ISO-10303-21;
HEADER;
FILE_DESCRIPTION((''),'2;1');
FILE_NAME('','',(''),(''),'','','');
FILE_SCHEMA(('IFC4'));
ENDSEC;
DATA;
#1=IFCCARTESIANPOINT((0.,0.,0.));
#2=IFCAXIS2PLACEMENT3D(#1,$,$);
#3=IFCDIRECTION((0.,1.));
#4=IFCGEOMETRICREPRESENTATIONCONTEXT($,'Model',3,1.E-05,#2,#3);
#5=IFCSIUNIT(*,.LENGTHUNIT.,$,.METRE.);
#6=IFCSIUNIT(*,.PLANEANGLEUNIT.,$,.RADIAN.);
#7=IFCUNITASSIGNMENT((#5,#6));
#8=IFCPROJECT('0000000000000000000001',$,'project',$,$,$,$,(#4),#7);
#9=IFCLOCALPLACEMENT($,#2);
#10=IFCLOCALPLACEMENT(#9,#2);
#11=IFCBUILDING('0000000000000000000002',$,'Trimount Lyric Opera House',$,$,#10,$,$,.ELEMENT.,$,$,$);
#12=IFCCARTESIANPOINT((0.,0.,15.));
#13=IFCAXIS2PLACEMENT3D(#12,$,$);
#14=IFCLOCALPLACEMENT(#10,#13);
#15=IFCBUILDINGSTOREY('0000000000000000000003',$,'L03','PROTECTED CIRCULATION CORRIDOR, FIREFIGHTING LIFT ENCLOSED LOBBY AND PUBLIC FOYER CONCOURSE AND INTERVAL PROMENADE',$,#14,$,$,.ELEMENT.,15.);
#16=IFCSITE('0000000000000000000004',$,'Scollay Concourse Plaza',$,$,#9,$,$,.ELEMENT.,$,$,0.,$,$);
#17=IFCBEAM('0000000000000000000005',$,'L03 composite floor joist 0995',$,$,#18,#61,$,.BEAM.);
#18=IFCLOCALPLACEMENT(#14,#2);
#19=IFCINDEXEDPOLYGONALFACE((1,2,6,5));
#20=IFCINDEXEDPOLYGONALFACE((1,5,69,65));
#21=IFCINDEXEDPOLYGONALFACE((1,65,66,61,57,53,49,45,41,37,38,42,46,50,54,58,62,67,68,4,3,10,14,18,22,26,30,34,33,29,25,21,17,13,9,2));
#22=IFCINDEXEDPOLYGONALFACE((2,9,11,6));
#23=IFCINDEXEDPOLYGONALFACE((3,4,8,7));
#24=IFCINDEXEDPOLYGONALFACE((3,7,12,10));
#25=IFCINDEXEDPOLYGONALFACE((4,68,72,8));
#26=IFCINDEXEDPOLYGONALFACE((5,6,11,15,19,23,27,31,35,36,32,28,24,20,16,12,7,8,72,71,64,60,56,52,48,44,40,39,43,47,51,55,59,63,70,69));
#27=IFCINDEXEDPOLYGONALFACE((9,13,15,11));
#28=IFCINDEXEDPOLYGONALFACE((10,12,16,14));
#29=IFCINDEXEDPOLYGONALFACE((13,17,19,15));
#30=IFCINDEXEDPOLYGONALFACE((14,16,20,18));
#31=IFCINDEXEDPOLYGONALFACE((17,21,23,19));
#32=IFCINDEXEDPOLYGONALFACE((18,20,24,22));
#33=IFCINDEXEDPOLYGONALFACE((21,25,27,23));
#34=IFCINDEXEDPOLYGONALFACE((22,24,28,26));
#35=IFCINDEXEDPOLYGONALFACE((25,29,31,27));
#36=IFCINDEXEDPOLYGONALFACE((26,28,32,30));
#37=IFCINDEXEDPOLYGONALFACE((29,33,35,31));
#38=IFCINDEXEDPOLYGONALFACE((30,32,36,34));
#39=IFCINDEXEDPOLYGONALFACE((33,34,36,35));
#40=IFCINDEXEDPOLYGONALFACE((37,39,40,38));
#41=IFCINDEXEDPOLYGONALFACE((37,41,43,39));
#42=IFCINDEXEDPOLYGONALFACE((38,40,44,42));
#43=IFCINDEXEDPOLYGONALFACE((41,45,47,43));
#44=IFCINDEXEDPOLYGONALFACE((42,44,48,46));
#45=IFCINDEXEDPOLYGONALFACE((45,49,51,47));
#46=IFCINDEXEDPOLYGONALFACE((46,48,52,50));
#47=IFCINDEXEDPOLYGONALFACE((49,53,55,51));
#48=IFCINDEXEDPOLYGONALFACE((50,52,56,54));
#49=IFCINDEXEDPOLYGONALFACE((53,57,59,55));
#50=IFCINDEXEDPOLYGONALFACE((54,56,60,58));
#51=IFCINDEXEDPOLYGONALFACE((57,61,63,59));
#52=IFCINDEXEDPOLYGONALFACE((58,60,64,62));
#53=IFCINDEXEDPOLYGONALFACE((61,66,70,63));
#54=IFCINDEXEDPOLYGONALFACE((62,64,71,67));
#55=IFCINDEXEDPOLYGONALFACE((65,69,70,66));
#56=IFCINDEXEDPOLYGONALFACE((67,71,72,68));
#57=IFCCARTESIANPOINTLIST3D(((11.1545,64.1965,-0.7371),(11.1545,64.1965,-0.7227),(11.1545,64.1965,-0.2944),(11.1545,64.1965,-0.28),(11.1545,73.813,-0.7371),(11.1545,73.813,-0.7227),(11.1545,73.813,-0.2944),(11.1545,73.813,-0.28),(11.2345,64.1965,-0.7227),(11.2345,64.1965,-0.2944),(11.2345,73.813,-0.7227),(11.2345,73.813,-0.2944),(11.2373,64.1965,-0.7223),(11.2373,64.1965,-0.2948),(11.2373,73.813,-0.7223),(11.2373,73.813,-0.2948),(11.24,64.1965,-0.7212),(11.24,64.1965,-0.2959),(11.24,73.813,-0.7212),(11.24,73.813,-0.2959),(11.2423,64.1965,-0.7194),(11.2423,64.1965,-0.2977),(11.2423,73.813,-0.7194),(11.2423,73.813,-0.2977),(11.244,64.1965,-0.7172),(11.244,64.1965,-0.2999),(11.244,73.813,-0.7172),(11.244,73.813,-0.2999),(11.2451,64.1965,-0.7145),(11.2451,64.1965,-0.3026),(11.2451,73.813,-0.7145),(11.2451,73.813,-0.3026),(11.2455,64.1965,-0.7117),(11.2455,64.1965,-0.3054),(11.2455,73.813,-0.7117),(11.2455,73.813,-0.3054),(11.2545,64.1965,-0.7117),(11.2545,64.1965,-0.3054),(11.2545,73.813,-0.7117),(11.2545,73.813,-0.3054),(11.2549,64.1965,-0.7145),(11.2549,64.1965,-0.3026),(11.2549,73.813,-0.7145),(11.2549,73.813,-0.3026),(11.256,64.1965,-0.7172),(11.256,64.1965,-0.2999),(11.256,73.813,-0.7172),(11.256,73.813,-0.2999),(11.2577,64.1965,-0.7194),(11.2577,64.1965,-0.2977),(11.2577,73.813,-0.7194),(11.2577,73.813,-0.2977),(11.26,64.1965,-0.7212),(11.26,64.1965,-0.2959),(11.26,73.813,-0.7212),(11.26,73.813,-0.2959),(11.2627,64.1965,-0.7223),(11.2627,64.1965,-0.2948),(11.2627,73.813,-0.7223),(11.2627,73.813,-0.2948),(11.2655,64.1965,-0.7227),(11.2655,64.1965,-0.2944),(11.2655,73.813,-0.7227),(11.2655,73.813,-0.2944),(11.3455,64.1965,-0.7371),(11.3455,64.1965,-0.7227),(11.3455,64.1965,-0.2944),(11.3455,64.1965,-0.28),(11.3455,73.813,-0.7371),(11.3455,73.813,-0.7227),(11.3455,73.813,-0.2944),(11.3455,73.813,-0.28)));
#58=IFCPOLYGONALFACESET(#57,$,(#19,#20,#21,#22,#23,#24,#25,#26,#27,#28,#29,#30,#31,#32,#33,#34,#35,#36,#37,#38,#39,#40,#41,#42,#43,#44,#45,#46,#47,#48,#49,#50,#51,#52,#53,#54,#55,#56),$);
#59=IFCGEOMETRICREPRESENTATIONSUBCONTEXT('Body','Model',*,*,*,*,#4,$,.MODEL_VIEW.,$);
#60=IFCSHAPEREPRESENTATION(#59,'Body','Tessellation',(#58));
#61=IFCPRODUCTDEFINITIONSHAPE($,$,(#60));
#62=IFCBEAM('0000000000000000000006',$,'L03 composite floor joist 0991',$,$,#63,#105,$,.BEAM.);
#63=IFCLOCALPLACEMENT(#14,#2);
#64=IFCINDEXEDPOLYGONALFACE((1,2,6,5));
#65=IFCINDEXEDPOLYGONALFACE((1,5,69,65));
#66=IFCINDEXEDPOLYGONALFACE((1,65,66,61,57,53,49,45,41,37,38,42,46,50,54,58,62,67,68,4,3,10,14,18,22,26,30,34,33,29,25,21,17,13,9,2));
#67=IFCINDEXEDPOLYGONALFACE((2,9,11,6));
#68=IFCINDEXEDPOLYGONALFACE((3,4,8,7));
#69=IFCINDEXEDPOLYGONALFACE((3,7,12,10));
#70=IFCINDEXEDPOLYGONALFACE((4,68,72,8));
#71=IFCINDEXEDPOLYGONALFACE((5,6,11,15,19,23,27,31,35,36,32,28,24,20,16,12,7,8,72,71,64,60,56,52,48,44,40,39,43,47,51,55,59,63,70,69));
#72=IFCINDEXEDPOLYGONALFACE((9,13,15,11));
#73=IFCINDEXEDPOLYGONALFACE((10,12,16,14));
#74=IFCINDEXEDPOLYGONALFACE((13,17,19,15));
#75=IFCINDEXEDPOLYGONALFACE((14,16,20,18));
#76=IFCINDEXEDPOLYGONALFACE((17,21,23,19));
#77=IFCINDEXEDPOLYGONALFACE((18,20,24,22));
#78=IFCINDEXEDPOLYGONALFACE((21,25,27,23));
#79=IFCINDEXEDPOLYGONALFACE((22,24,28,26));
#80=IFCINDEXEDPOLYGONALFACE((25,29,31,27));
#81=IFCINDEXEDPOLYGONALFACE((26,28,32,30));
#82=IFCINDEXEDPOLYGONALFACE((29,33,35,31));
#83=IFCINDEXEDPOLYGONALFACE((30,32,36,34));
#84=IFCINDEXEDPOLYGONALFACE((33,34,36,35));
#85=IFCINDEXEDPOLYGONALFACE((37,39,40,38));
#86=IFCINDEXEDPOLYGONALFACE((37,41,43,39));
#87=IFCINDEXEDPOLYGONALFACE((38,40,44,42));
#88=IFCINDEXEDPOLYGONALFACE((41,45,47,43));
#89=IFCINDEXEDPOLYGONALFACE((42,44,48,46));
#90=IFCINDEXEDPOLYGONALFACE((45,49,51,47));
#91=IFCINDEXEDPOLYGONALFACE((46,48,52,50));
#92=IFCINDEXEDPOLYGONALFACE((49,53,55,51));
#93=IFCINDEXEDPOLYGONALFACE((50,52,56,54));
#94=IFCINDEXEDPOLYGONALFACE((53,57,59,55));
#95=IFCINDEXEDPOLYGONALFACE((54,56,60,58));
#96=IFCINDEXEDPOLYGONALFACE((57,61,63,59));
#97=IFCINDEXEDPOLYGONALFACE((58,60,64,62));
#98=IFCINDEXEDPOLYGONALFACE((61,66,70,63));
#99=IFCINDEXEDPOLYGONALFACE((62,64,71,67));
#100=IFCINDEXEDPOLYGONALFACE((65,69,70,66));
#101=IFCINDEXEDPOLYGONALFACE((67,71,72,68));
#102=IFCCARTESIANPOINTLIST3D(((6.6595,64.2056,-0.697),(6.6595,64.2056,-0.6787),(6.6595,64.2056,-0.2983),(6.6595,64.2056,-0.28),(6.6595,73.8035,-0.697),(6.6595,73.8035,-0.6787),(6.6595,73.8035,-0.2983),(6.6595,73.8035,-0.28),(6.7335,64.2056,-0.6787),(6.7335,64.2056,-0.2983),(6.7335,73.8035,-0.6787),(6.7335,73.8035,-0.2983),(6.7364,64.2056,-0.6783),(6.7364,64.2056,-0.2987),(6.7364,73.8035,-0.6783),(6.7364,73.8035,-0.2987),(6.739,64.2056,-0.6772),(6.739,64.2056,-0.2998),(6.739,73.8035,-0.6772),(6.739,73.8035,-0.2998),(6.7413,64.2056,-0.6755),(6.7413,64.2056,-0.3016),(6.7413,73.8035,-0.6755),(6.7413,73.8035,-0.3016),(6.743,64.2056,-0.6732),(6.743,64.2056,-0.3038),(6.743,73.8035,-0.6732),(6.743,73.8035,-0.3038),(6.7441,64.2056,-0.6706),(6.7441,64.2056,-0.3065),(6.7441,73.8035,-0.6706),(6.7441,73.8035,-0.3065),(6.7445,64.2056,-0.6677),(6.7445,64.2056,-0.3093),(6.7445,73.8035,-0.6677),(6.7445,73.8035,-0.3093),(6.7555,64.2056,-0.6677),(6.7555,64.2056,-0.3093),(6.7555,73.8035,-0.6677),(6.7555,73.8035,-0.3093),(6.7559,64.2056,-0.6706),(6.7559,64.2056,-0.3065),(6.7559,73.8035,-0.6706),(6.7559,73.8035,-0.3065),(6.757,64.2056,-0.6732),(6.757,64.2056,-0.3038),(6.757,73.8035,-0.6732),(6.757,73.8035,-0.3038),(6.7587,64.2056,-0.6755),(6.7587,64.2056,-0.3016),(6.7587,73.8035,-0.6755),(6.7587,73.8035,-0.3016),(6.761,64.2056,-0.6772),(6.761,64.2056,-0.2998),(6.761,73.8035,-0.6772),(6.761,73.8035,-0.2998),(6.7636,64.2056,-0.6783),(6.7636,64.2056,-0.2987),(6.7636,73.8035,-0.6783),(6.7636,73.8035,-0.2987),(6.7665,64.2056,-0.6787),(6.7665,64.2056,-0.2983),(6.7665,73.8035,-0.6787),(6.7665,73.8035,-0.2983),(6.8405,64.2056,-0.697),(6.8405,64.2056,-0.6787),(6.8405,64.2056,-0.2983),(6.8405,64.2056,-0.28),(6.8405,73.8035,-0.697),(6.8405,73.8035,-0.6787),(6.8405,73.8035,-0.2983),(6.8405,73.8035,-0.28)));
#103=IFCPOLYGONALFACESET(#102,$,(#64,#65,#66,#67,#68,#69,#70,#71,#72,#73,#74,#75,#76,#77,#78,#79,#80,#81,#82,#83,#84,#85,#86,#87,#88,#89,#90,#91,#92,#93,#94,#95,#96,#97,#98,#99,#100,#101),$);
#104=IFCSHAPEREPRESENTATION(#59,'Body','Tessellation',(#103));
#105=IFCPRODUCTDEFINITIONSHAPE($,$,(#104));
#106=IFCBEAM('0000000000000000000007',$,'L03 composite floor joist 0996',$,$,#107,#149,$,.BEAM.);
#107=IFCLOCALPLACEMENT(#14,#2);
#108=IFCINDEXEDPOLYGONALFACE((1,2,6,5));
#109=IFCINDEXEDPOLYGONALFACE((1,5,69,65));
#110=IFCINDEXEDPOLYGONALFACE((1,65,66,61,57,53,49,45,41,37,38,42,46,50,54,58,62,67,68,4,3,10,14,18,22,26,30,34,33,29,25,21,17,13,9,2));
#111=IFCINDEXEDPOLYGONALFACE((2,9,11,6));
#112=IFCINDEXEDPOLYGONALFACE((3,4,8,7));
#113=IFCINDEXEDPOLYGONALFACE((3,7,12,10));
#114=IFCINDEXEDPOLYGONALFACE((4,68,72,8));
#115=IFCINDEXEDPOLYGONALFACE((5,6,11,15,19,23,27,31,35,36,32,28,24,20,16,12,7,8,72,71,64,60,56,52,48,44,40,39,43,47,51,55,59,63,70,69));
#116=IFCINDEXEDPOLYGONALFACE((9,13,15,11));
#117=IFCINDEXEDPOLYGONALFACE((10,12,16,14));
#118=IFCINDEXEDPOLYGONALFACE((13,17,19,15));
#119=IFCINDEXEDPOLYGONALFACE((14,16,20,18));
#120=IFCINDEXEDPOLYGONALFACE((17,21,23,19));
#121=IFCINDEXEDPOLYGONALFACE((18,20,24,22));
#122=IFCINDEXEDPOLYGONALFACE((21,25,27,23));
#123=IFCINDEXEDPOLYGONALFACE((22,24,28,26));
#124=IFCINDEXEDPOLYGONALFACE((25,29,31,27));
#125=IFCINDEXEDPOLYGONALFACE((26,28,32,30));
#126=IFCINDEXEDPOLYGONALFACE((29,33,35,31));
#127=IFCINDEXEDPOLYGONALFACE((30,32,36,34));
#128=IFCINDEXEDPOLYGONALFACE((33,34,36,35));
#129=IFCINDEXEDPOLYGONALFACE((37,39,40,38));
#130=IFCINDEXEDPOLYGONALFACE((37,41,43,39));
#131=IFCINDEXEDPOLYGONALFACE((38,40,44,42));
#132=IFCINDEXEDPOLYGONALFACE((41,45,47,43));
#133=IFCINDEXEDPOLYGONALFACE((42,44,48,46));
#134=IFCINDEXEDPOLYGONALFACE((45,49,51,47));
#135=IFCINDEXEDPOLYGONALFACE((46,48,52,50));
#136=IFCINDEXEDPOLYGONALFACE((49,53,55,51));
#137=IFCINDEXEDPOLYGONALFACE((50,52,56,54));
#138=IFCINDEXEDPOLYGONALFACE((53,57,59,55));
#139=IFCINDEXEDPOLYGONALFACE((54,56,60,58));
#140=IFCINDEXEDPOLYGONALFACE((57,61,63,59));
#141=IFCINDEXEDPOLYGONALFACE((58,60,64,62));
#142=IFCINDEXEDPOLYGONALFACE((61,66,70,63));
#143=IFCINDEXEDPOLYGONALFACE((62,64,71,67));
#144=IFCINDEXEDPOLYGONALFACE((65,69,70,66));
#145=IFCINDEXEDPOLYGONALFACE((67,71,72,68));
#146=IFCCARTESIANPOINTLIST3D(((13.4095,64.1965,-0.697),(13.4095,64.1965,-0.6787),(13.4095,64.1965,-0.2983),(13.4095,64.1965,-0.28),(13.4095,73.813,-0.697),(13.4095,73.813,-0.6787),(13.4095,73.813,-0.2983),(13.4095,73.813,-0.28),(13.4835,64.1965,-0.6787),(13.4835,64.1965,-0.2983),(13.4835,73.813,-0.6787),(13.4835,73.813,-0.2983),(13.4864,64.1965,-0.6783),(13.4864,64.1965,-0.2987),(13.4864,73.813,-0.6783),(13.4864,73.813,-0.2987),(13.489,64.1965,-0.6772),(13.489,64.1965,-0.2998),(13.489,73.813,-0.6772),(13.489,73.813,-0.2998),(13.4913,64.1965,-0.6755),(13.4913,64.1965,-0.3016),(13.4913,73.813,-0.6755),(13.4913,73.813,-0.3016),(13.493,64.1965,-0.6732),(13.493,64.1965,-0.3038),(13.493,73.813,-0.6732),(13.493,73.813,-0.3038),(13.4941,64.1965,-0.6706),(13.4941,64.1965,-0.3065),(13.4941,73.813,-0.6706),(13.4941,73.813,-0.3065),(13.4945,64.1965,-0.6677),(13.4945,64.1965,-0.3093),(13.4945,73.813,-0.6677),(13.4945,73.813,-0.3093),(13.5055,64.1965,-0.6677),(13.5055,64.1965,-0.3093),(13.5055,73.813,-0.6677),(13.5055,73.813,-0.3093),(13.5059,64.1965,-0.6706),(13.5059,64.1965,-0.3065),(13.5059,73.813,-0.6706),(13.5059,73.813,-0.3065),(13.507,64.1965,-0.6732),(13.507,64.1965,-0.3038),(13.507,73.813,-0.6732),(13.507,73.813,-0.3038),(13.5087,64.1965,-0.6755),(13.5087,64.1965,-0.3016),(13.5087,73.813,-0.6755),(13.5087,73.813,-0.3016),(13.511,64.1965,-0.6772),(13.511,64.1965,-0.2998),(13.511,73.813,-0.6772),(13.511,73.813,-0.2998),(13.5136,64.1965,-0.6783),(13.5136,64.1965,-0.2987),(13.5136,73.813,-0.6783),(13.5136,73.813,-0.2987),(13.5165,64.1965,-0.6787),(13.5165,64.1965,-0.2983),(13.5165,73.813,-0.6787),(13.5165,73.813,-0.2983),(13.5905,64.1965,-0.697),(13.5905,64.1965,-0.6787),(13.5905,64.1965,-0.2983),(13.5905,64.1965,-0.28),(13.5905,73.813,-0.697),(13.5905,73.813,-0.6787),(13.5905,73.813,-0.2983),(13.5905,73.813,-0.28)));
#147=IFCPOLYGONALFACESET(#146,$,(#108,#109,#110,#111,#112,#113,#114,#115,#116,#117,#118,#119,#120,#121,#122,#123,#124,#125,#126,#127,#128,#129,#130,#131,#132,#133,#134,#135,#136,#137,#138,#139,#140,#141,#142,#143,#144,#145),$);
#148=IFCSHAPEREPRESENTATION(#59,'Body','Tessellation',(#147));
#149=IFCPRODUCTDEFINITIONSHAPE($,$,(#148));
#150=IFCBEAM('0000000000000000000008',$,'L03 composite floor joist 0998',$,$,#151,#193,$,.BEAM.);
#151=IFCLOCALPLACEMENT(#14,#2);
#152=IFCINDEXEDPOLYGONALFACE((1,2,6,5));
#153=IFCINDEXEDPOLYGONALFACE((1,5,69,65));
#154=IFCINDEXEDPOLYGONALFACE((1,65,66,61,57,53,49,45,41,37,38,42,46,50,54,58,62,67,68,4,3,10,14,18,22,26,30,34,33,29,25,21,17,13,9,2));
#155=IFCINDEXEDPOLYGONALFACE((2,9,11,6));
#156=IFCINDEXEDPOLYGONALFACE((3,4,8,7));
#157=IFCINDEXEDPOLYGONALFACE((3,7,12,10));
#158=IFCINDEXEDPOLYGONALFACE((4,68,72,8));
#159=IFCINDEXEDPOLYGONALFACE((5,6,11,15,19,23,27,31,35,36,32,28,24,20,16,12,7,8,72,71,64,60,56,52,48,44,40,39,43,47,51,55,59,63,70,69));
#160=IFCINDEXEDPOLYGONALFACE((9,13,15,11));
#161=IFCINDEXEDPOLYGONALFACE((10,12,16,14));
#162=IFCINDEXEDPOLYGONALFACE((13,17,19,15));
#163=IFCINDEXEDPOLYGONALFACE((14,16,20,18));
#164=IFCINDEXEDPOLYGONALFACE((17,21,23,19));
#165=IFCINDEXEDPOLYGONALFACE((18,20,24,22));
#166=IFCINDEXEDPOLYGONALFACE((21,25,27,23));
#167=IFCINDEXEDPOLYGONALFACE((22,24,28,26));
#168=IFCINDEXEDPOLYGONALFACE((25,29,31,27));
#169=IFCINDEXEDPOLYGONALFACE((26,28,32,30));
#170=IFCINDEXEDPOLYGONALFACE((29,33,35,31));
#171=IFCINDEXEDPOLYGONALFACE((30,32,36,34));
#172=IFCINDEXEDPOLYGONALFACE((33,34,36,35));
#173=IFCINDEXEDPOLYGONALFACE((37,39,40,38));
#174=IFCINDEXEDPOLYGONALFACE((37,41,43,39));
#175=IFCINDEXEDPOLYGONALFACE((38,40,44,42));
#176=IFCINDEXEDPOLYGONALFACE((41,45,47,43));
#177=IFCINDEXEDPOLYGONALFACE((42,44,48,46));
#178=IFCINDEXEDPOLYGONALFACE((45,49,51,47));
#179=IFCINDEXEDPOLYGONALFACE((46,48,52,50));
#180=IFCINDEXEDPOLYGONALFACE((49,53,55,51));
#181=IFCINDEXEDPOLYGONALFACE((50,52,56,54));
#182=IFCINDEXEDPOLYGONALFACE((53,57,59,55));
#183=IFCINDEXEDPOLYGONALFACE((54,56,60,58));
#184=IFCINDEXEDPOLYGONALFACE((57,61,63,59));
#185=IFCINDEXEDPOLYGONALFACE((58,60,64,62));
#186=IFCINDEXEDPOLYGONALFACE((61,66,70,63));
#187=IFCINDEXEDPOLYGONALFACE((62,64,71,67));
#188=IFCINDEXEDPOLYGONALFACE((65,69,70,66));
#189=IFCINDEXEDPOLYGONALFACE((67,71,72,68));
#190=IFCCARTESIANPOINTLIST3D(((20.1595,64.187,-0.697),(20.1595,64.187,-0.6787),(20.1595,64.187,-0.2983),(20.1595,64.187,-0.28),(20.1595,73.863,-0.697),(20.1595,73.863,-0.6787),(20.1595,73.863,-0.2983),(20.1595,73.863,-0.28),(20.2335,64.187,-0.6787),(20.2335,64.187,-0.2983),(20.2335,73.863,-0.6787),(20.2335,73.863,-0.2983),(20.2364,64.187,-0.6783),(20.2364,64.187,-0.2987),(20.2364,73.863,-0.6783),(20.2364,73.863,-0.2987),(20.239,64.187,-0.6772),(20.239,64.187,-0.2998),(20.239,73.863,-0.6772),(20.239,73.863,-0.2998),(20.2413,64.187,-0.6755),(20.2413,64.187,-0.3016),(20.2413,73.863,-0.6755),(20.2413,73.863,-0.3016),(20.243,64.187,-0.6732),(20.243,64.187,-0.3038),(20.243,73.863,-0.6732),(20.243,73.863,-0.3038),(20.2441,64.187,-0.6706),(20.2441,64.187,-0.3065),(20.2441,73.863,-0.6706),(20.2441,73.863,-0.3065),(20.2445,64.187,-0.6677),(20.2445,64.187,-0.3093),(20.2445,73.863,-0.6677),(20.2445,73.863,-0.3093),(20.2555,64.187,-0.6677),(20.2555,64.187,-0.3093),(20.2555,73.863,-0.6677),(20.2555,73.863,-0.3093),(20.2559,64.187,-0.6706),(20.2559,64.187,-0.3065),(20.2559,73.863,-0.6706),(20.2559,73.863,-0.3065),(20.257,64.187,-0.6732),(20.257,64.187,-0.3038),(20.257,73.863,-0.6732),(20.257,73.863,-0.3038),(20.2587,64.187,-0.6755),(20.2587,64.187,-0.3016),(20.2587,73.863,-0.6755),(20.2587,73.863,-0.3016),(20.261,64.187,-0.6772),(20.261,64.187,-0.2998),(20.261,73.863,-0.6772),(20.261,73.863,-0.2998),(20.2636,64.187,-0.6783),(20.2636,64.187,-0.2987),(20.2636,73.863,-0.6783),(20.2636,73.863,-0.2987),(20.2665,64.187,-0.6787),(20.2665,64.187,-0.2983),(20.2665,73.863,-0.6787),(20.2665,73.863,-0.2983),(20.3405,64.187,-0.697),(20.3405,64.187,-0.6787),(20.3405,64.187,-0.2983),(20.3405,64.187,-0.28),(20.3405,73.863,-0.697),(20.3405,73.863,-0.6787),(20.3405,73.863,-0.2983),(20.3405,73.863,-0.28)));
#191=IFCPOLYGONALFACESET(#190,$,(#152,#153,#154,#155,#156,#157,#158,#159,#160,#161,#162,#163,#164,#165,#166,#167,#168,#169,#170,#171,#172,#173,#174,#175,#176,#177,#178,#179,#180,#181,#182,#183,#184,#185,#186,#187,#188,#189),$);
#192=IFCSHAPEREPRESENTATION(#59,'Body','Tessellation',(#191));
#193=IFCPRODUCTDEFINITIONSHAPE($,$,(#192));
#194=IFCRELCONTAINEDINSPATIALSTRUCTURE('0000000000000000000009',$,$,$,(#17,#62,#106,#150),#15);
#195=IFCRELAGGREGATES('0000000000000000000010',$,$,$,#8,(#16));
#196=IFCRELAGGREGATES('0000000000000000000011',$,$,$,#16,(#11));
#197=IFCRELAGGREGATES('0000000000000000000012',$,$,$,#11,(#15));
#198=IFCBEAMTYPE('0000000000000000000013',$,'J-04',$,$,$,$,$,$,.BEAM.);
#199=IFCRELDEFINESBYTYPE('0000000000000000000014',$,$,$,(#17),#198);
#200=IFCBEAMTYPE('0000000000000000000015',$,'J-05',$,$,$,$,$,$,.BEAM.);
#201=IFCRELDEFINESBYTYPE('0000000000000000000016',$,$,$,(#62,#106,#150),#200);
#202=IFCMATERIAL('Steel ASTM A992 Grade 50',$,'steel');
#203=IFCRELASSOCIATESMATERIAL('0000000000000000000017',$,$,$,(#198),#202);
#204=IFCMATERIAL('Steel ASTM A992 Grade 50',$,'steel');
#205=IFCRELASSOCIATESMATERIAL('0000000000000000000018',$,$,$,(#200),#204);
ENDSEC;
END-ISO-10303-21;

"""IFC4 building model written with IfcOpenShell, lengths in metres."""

from ifc_helpers import new_model, si_unit, direction, frame, origin, origin_2d, place, context, subcontext, project, spatial, i_section, extrude, material, material_profile, profile_set, type_object, element, save


model = new_model("IFC4")

# Units and contexts
model_context = context("Model", 3, precision=1e-05, world=origin(), true_north=direction((0.0, 1.0)))
body_context = subcontext(model_context, "Body", "Model", "MODEL_VIEW")
ifc_project = project(units=[si_unit("LENGTHUNIT", "METRE"), si_unit("PLANEANGLEUNIT", "RADIAN")], contexts=[model_context])

# Site, building, storey
site_placement = place(None, origin())
site = spatial("IfcSite", under=ifc_project, at=site_placement, Name="Scollay Concourse Plaza", CompositionType="ELEMENT", RefElevation=0.0)
building_placement = place(site_placement, origin())
building = spatial("IfcBuilding", under=site, at=building_placement, Name="Trimount Lyric Opera House", CompositionType="ELEMENT")
storey_placement = place(building_placement, frame((0.0, 0.0, 15.0)))
storey = spatial("IfcBuildingStorey", under=building, at=storey_placement, Name="L03", Description="PROTECTED CIRCULATION CORRIDOR, FIREFIGHTING LIFT ENCLOSED LOBBY AND PUBLIC FOYER CONCOURSE AND INTERVAL PROMENADE", CompositionType="ELEMENT", Elevation=15.0)

# Beams
ifc_material_1 = material(Name="Steel ASTM A992 Grade 50", Category="steel")
ifc_material_profile_1 = material_profile(ifc_material_1, i_section(OverallWidth=0.1909, OverallDepth=0.457, WebThickness=0.009, FlangeThickness=0.0144, FilletRadius=0.011, at=origin_2d()), Name="W18X50")
ifc_profile_set_1 = profile_set([ifc_material_profile_1], Name="Steel ASTM A992 Grade 50")
beam_type_1 = type_object("IfcBeamType", Name="J-04", PredefinedType="BEAM", material=ifc_profile_set_1)
beam_1_placement = place(storey_placement, frame((11.25, 64.1965, -0.5085), z_axis=(0.0, 1.0, 0.0), x_axis=(-1.0, 0.0, 0.0)))
element("IfcBeam", 1, at=beam_1_placement, inside=storey, type_object=beam_type_1, Name="L03 composite floor joist 0995", PredefinedType="BEAM", context=body_context, shape_type="SweptSolid", body=[
    extrude(i_section(OverallWidth=0.1909, OverallDepth=0.457, WebThickness=0.009, FlangeThickness=0.0144, FilletRadius=0.011, at=origin_2d()), origin(), (0.0, 0.0, 1.0), 9.6165),
])
ifc_material_2 = material(Name="Steel ASTM A992 Grade 50", Category="steel")
ifc_material_profile_2 = material_profile(ifc_material_2, i_section(OverallWidth=0.1809, OverallDepth=0.417, WebThickness=0.011, FlangeThickness=0.0183, FilletRadius=0.011, at=origin_2d()), Name="W16X57")
ifc_profile_set_2 = profile_set([ifc_material_profile_2], Name="Steel ASTM A992 Grade 50")
beam_type_2 = type_object("IfcBeamType", Name="J-05", PredefinedType="BEAM", material=ifc_profile_set_2)
beam_2_placement = place(storey_placement, frame((6.75, 64.2056, -0.4885), z_axis=(0.0, 1.0, 0.0), x_axis=(-1.0, 0.0, 0.0)))
element("IfcBeam", 2, at=beam_2_placement, inside=storey, type_object=beam_type_2, Name="L03 composite floor joist 0991", PredefinedType="BEAM", context=body_context, shape_type="SweptSolid", body=[
    extrude(i_section(OverallWidth=0.1809, OverallDepth=0.417, WebThickness=0.011, FlangeThickness=0.0183, FilletRadius=0.011, at=origin_2d()), origin(), (0.0, 0.0, 1.0), 9.5979),
])
beam_3_placement = place(storey_placement, frame((13.5, 64.1965, -0.4885), z_axis=(0.0, 1.0, 0.0), x_axis=(-1.0, 0.0, 0.0)))
element("IfcBeam", 3, at=beam_3_placement, inside=storey, type_object=beam_type_2, Name="L03 composite floor joist 0996", PredefinedType="BEAM", context=body_context, shape_type="SweptSolid", body=[
    extrude(i_section(OverallWidth=0.1809, OverallDepth=0.417, WebThickness=0.011, FlangeThickness=0.0183, FilletRadius=0.011, at=origin_2d()), origin(), (0.0, 0.0, 1.0), 9.6165),
])
beam_4_placement = place(storey_placement, frame((20.25, 64.187, -0.4885), z_axis=(0.0, 1.0, 0.0), x_axis=(-1.0, 0.0, 0.0)))
element("IfcBeam", 4, at=beam_4_placement, inside=storey, type_object=beam_type_2, Name="L03 composite floor joist 0998", PredefinedType="BEAM", context=body_context, shape_type="SweptSolid", body=[
    extrude(i_section(OverallWidth=0.1809, OverallDepth=0.417, WebThickness=0.011, FlangeThickness=0.0183, FilletRadius=0.011, at=origin_2d()), origin(), (0.0, 0.0, 1.0), 9.676),
])

save(model, "model.ifc")
